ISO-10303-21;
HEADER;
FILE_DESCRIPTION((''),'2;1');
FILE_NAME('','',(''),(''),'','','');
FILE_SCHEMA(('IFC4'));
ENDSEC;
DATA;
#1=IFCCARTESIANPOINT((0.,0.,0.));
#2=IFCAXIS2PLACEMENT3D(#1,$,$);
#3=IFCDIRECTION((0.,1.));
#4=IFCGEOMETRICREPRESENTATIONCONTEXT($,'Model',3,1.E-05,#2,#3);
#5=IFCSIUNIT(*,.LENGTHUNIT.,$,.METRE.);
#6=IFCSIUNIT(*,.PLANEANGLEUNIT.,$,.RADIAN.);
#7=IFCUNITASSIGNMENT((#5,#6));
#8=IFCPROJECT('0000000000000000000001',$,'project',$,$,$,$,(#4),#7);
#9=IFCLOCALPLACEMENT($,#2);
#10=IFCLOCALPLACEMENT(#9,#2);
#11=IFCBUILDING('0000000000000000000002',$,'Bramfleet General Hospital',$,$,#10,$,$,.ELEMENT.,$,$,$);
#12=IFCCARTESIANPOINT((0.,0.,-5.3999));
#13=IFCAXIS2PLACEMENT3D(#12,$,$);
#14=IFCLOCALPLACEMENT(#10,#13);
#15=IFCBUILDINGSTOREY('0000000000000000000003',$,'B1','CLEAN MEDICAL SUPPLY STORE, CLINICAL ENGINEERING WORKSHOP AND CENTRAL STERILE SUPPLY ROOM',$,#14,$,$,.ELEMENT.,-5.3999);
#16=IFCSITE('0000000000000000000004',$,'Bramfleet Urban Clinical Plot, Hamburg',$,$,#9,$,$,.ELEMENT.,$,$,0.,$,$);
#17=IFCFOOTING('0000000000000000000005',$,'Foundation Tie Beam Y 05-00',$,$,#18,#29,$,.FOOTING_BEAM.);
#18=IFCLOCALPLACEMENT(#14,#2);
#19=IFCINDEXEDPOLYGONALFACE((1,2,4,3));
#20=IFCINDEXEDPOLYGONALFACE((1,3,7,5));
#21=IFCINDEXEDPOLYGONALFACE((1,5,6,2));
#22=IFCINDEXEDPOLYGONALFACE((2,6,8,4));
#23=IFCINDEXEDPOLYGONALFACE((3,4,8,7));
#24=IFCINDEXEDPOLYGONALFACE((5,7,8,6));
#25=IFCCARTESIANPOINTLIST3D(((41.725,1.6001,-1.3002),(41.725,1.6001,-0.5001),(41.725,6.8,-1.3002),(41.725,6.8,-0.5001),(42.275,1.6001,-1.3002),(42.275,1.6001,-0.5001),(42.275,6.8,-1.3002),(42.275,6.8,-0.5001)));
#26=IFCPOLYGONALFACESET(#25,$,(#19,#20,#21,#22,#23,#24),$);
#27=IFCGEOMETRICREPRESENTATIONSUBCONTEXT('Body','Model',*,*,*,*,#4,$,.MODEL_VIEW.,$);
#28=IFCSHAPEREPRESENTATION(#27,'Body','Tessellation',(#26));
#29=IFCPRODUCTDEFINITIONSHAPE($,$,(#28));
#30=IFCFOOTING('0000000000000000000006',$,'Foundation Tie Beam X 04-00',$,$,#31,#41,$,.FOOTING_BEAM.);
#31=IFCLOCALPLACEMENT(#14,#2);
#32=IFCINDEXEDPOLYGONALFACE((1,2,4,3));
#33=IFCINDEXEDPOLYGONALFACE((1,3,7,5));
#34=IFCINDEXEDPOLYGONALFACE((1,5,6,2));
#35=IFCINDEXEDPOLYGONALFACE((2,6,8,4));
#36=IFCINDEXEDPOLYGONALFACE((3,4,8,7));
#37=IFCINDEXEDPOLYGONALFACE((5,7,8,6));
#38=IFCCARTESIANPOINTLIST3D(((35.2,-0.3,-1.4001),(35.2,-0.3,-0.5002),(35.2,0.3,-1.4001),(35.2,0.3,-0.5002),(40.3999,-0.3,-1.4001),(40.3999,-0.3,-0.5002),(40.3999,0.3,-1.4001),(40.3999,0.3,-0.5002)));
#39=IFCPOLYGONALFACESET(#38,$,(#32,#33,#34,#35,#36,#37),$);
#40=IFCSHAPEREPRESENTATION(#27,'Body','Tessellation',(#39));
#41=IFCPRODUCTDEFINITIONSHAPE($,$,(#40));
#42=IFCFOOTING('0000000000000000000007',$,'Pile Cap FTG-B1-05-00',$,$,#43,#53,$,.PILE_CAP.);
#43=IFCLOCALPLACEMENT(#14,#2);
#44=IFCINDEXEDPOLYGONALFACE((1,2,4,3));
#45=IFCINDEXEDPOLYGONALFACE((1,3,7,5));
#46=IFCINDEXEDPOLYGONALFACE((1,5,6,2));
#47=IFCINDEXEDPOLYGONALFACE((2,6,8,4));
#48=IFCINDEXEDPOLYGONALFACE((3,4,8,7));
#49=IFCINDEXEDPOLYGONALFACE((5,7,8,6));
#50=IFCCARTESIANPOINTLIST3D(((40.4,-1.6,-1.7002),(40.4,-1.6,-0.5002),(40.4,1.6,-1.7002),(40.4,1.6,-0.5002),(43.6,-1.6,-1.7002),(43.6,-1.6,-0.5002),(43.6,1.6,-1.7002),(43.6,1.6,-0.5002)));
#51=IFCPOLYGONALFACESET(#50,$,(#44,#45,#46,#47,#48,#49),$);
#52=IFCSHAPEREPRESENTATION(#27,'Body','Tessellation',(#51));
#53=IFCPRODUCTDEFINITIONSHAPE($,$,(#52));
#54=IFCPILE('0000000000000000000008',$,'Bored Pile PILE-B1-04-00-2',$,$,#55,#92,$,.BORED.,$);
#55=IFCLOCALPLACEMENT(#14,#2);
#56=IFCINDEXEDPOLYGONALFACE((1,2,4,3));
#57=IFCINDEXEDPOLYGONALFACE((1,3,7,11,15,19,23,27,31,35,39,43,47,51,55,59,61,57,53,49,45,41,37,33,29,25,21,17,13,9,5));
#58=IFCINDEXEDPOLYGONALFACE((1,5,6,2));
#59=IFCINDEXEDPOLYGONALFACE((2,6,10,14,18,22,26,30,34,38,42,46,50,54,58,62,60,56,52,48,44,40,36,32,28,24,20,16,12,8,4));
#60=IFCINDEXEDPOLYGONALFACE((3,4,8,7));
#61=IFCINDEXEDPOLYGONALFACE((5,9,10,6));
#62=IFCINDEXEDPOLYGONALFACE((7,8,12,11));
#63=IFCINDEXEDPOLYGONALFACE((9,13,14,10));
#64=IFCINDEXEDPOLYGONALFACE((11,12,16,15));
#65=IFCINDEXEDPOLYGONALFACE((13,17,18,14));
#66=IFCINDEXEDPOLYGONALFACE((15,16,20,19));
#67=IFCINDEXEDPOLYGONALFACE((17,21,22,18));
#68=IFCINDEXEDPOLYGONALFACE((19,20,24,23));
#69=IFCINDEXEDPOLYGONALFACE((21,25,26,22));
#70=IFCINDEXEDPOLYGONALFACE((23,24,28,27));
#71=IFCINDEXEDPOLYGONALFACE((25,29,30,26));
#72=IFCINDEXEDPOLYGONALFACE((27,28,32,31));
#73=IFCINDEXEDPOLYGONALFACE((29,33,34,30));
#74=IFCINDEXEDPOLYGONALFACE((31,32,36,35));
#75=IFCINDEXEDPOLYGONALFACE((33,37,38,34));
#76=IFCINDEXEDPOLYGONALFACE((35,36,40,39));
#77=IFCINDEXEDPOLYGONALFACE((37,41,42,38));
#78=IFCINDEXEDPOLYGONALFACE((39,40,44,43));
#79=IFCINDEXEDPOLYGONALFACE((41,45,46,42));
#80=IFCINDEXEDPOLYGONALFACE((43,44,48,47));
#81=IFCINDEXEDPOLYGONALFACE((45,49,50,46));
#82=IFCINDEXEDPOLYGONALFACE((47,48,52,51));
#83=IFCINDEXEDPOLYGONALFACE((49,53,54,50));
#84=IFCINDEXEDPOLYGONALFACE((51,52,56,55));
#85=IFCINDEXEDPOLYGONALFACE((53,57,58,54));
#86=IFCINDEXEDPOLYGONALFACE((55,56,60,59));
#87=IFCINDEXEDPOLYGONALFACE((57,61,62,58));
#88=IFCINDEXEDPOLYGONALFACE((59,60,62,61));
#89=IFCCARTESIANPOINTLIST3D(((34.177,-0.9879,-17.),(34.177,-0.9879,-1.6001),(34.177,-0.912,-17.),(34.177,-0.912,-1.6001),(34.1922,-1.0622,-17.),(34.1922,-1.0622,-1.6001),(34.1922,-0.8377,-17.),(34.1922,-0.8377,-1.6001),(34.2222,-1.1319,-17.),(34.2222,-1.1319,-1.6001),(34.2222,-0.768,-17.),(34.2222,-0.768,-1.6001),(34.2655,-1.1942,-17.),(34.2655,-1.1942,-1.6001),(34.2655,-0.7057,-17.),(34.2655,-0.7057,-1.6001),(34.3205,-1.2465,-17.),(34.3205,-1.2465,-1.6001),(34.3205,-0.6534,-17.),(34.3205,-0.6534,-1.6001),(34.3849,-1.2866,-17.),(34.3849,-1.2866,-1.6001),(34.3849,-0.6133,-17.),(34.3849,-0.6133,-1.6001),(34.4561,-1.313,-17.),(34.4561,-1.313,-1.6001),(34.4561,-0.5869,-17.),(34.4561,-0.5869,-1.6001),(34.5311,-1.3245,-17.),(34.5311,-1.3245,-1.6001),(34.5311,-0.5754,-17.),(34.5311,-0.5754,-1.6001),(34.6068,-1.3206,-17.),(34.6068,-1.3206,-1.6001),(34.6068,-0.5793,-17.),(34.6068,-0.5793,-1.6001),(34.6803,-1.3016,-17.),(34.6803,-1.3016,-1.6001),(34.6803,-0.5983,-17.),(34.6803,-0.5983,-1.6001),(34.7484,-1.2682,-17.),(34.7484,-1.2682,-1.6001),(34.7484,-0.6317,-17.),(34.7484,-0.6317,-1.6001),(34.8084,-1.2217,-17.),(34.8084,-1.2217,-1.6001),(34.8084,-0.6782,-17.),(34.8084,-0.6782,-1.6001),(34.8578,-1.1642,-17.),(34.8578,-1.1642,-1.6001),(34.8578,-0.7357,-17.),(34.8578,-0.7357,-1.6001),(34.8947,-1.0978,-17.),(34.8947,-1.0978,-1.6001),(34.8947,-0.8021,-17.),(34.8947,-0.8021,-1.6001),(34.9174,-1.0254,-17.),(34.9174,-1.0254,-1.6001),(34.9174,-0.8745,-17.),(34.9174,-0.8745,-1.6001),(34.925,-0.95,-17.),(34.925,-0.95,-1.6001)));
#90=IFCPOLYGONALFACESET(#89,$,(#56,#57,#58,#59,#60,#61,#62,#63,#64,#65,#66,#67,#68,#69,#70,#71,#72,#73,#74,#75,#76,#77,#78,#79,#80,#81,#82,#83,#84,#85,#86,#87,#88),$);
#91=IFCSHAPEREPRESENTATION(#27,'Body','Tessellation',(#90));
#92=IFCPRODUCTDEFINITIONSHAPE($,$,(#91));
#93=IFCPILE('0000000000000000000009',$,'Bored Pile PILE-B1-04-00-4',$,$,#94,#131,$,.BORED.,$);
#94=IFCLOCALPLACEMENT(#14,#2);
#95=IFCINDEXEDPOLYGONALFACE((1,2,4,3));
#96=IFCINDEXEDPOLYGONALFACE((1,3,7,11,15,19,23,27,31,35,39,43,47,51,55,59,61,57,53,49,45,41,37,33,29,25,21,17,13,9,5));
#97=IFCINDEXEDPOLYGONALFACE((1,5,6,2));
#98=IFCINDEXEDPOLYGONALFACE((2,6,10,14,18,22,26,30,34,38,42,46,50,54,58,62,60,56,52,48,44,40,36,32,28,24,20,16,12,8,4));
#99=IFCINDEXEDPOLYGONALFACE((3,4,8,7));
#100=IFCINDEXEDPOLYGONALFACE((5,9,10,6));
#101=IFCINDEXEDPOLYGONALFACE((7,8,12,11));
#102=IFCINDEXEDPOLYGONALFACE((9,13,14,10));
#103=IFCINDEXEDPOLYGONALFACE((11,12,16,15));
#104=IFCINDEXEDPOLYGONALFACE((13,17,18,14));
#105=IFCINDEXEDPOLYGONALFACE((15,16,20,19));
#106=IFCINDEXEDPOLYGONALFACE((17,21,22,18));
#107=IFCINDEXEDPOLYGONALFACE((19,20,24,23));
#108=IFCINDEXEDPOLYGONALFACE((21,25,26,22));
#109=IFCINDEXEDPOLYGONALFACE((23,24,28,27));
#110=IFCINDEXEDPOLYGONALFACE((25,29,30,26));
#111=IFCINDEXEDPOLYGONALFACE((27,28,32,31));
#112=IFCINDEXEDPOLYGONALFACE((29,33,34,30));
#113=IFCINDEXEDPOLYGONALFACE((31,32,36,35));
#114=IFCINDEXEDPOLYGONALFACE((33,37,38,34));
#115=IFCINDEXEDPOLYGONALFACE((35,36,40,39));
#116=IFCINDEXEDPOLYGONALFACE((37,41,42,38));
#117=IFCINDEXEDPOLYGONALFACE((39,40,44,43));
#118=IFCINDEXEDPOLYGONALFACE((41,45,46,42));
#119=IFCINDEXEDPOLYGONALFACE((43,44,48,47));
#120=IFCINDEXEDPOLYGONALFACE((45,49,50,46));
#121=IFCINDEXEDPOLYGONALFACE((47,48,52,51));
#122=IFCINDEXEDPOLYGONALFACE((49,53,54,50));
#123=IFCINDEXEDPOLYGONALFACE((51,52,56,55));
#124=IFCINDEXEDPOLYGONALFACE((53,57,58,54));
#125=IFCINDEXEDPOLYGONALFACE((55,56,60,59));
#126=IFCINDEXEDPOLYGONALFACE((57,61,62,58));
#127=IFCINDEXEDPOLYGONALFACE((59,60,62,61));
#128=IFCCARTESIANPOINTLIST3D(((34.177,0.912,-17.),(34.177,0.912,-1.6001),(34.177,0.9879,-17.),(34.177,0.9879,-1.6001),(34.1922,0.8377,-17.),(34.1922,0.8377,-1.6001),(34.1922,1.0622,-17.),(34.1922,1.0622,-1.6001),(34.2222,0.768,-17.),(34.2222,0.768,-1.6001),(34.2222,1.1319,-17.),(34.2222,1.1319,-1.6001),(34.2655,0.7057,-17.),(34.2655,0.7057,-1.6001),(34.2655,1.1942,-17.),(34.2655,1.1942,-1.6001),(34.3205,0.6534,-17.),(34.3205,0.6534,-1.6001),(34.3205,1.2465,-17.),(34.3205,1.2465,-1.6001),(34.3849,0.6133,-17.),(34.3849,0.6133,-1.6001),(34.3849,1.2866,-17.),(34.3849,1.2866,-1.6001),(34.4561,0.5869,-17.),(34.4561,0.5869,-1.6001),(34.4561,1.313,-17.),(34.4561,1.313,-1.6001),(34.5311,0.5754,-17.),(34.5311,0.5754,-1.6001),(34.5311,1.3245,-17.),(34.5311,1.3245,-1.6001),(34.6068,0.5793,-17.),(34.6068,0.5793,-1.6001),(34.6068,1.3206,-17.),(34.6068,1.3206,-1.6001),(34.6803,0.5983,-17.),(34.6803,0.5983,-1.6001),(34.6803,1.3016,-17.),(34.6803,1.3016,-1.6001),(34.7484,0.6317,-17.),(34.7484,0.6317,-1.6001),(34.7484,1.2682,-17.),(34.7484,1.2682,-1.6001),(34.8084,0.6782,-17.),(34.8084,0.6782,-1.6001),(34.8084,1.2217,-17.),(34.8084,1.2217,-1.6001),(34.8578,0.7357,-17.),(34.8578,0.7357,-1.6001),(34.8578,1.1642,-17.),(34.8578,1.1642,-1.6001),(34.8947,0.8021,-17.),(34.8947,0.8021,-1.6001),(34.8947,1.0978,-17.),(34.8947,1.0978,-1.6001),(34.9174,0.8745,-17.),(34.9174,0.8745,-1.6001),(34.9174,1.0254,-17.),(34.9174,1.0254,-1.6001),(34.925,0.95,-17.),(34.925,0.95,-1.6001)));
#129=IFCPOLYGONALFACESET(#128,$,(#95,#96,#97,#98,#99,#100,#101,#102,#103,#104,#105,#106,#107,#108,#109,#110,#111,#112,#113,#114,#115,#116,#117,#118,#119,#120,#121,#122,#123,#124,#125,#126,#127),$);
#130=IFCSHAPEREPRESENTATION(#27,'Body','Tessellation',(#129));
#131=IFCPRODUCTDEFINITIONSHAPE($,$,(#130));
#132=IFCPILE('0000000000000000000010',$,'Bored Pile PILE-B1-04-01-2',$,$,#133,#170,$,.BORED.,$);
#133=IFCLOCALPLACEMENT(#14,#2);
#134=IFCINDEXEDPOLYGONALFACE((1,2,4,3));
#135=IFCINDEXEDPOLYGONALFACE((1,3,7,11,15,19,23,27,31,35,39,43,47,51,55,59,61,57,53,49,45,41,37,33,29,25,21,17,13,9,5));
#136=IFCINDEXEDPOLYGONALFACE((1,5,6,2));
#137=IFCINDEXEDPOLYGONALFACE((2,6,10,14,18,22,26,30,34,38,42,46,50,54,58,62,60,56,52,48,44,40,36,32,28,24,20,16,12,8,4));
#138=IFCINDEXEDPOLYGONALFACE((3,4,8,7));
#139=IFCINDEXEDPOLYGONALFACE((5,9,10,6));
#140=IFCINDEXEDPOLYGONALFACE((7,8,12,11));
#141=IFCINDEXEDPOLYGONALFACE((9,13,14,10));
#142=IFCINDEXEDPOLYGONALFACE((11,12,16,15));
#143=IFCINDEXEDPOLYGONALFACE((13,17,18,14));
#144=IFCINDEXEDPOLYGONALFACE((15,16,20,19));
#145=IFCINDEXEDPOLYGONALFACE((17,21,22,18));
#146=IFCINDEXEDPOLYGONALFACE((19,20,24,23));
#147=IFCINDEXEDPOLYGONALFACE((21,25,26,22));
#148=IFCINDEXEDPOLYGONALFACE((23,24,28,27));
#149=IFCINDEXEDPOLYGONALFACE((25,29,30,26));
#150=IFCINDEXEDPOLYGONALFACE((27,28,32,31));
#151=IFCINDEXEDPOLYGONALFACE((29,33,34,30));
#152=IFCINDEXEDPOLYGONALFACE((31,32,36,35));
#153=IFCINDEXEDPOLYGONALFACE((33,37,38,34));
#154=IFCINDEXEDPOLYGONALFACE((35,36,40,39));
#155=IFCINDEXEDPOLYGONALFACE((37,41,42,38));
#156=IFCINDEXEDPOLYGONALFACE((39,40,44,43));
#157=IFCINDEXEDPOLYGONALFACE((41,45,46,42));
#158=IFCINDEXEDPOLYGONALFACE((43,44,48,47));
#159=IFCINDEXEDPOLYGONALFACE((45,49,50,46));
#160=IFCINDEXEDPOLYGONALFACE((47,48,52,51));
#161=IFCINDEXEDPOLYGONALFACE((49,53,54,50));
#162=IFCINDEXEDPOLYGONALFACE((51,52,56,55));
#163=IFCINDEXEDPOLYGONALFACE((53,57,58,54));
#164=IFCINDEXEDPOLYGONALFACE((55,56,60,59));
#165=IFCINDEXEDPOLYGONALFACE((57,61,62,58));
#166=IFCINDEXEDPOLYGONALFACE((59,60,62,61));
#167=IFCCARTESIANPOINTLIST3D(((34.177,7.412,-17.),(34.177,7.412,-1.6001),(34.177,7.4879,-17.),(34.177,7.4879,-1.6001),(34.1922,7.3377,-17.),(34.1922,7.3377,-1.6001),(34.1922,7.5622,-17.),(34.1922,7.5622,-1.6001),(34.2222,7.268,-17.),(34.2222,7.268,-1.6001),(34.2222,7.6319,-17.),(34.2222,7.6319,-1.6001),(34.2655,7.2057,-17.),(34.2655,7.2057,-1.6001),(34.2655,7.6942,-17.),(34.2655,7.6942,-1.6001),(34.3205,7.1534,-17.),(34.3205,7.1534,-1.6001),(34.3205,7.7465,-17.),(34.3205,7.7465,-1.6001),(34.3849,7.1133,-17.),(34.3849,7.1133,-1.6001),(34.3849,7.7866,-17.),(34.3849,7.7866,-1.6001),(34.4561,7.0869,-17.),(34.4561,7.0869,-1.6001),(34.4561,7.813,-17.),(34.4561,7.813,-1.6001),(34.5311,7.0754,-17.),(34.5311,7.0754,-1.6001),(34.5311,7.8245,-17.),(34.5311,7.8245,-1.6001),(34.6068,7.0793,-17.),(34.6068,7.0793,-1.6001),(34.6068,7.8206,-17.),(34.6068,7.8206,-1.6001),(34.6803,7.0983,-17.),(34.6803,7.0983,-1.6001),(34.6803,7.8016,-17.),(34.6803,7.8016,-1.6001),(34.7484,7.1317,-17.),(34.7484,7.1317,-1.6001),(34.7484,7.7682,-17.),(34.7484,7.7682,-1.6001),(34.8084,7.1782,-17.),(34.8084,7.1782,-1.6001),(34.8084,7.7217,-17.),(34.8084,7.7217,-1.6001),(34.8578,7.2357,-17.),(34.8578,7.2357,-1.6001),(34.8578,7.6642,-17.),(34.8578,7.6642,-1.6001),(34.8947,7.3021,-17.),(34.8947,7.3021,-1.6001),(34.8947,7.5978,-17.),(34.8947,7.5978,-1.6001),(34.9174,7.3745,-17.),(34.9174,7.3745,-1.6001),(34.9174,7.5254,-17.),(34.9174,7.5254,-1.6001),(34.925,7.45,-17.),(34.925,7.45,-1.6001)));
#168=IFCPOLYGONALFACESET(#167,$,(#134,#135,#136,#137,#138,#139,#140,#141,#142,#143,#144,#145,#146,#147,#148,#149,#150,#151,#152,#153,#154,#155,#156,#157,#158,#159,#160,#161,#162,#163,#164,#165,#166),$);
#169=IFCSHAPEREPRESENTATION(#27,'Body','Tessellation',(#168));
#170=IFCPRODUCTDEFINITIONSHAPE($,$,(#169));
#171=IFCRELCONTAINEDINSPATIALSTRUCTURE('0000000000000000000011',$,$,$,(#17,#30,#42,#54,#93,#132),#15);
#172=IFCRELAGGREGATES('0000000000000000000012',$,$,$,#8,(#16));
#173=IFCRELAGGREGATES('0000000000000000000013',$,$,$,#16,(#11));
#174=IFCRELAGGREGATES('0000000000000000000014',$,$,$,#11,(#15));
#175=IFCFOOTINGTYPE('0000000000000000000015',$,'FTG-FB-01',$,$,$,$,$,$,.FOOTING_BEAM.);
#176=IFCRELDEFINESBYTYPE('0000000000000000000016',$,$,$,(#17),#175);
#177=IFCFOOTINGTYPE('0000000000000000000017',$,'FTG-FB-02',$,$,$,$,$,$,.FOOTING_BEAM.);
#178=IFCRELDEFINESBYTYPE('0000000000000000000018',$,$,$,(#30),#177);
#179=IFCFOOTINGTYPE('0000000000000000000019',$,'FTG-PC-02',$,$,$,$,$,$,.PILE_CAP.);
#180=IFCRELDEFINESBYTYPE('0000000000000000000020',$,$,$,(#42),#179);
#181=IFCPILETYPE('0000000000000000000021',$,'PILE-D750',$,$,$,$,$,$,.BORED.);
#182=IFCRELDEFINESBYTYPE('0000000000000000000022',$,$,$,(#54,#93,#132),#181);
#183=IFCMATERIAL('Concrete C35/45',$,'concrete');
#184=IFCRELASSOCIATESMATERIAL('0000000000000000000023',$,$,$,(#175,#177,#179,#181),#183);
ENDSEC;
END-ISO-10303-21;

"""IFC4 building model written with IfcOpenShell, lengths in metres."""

from ifc_helpers import new_model, si_unit, direction, frame, origin, origin_2d, place, context, subcontext, project, spatial, rectangle, circle, extrude, material, material_profile, profile_set, type_object, element, save


model = new_model("IFC4")

# Units and contexts
model_context = context("Model", 3, precision=1e-05, world=origin(), true_north=direction((0.0, 1.0)))
body_context = subcontext(model_context, "Body", "Model", "MODEL_VIEW")
ifc_project = project(units=[si_unit("LENGTHUNIT", "METRE"), si_unit("PLANEANGLEUNIT", "RADIAN")], contexts=[model_context])

# Site, building, storey
site_placement = place(None, origin())
site = spatial("IfcSite", under=ifc_project, at=site_placement, Name="Bramfleet Urban Clinical Plot, Hamburg", CompositionType="ELEMENT", RefElevation=0.0)
building_placement = place(site_placement, origin())
building = spatial("IfcBuilding", under=site, at=building_placement, Name="Bramfleet General Hospital", CompositionType="ELEMENT")
storey_placement = place(building_placement, frame((0.0, 0.0, -5.3999)))
storey = spatial("IfcBuildingStorey", under=building, at=storey_placement, Name="B1", Description="CLEAN MEDICAL SUPPLY STORE, CLINICAL ENGINEERING WORKSHOP AND CENTRAL STERILE SUPPLY ROOM", CompositionType="ELEMENT", Elevation=-5.3999)

# Footings
ifc_material_1 = material(Name="Concrete C35/45", Category="concrete")
ifc_material_profile_1 = material_profile(ifc_material_1, rectangle(XDim=0.55, YDim=0.8, at=origin_2d()), Name="RC FB 800x550")
ifc_profile_set_1 = profile_set([ifc_material_profile_1], Name="Concrete C35/45")
footing_type_1 = type_object("IfcFootingType", Name="FTG-FB-01", PredefinedType="FOOTING_BEAM", material=ifc_profile_set_1)
footing_1_placement = place(storey_placement, frame((42.0, 1.6001, -0.9001), z_axis=(0.0, 1.0, 0.0), x_axis=(-1.0, 0.0, 0.0)))
element("IfcFooting", 1, at=footing_1_placement, inside=storey, type_object=footing_type_1, Name="Foundation Tie Beam Y 05-00", PredefinedType="FOOTING_BEAM", context=body_context, shape_type="SweptSolid", body=[
    extrude(rectangle(XDim=0.55, YDim=0.8, at=origin_2d()), origin(), (0.0, 0.0, 1.0), 5.2),
])
ifc_material_profile_2 = material_profile(ifc_material_1, rectangle(XDim=0.6001, YDim=0.8999, at=origin_2d()), Name="RC FB 900x600")
ifc_profile_set_2 = profile_set([ifc_material_profile_2], Name="Concrete C35/45")
footing_type_2 = type_object("IfcFootingType", Name="FTG-FB-02", PredefinedType="FOOTING_BEAM", material=ifc_profile_set_2)
footing_2_placement = place(storey_placement, frame((35.2, 0.0, -0.9502), z_axis=(1.0, 0.0, 0.0), x_axis=(0.0, 1.0, 0.0)))
element("IfcFooting", 2, at=footing_2_placement, inside=storey, type_object=footing_type_2, Name="Foundation Tie Beam X 04-00", PredefinedType="FOOTING_BEAM", context=body_context, shape_type="SweptSolid", body=[
    extrude(rectangle(XDim=0.6001, YDim=0.8999, at=origin_2d()), origin(), (0.0, 0.0, 1.0), 5.2),
])
footing_type_3 = type_object("IfcFootingType", Name="FTG-PC-02", PredefinedType="PILE_CAP", material=ifc_material_1)
footing_3_placement = place(storey_placement, frame((42.0, 0.0, -1.7002), z_axis=(0.0, 0.0, 1.0), x_axis=(1.0, 0.0, 0.0)))
element("IfcFooting", 3, at=footing_3_placement, inside=storey, type_object=footing_type_3, Name="Pile Cap FTG-B1-05-00", PredefinedType="PILE_CAP", context=body_context, shape_type="SweptSolid", body=[
    extrude(rectangle(XDim=3.2, YDim=3.2, at=origin_2d()), origin(), (0.0, 0.0, 1.0), 1.2),
])

# Piles
ifc_material_profile_3 = material_profile(ifc_material_1, circle(Radius=0.375, at=origin_2d()), Name="PILE BORED D750")
ifc_profile_set_3 = profile_set([ifc_material_profile_3], Name="Concrete C35/45")
pile_type = type_object("IfcPileType", Name="PILE-D750", PredefinedType="BORED", material=ifc_profile_set_3)
for number, where, z_axis, x_axis, name in (
    (4, (34.55, -0.95, -1.6001), (0.0, 0.0, -1.0), (1.0, 0.0, 0.0), "Bored Pile PILE-B1-04-00-2"),
    (5, (34.55, 0.95, -1.6001), (0.0, 0.0, -1.0), (1.0, 0.0, 0.0), "Bored Pile PILE-B1-04-00-4"),
    (6, (34.55, 7.45, -1.6001), (0.0, 0.0, -1.0), (1.0, 0.0, 0.0), "Bored Pile PILE-B1-04-01-2"),
):
    element("IfcPile", number, at=place(storey_placement, frame(where, z_axis=z_axis, x_axis=x_axis)), inside=storey, type_object=pile_type, Name=name, PredefinedType="BORED", context=body_context, shape_type="SweptSolid", body=[
        extrude(circle(Radius=0.375, at=origin_2d()), origin(), (0.0, 0.0, 1.0), 15.3999),
    ])

save(model, "model.ifc")
